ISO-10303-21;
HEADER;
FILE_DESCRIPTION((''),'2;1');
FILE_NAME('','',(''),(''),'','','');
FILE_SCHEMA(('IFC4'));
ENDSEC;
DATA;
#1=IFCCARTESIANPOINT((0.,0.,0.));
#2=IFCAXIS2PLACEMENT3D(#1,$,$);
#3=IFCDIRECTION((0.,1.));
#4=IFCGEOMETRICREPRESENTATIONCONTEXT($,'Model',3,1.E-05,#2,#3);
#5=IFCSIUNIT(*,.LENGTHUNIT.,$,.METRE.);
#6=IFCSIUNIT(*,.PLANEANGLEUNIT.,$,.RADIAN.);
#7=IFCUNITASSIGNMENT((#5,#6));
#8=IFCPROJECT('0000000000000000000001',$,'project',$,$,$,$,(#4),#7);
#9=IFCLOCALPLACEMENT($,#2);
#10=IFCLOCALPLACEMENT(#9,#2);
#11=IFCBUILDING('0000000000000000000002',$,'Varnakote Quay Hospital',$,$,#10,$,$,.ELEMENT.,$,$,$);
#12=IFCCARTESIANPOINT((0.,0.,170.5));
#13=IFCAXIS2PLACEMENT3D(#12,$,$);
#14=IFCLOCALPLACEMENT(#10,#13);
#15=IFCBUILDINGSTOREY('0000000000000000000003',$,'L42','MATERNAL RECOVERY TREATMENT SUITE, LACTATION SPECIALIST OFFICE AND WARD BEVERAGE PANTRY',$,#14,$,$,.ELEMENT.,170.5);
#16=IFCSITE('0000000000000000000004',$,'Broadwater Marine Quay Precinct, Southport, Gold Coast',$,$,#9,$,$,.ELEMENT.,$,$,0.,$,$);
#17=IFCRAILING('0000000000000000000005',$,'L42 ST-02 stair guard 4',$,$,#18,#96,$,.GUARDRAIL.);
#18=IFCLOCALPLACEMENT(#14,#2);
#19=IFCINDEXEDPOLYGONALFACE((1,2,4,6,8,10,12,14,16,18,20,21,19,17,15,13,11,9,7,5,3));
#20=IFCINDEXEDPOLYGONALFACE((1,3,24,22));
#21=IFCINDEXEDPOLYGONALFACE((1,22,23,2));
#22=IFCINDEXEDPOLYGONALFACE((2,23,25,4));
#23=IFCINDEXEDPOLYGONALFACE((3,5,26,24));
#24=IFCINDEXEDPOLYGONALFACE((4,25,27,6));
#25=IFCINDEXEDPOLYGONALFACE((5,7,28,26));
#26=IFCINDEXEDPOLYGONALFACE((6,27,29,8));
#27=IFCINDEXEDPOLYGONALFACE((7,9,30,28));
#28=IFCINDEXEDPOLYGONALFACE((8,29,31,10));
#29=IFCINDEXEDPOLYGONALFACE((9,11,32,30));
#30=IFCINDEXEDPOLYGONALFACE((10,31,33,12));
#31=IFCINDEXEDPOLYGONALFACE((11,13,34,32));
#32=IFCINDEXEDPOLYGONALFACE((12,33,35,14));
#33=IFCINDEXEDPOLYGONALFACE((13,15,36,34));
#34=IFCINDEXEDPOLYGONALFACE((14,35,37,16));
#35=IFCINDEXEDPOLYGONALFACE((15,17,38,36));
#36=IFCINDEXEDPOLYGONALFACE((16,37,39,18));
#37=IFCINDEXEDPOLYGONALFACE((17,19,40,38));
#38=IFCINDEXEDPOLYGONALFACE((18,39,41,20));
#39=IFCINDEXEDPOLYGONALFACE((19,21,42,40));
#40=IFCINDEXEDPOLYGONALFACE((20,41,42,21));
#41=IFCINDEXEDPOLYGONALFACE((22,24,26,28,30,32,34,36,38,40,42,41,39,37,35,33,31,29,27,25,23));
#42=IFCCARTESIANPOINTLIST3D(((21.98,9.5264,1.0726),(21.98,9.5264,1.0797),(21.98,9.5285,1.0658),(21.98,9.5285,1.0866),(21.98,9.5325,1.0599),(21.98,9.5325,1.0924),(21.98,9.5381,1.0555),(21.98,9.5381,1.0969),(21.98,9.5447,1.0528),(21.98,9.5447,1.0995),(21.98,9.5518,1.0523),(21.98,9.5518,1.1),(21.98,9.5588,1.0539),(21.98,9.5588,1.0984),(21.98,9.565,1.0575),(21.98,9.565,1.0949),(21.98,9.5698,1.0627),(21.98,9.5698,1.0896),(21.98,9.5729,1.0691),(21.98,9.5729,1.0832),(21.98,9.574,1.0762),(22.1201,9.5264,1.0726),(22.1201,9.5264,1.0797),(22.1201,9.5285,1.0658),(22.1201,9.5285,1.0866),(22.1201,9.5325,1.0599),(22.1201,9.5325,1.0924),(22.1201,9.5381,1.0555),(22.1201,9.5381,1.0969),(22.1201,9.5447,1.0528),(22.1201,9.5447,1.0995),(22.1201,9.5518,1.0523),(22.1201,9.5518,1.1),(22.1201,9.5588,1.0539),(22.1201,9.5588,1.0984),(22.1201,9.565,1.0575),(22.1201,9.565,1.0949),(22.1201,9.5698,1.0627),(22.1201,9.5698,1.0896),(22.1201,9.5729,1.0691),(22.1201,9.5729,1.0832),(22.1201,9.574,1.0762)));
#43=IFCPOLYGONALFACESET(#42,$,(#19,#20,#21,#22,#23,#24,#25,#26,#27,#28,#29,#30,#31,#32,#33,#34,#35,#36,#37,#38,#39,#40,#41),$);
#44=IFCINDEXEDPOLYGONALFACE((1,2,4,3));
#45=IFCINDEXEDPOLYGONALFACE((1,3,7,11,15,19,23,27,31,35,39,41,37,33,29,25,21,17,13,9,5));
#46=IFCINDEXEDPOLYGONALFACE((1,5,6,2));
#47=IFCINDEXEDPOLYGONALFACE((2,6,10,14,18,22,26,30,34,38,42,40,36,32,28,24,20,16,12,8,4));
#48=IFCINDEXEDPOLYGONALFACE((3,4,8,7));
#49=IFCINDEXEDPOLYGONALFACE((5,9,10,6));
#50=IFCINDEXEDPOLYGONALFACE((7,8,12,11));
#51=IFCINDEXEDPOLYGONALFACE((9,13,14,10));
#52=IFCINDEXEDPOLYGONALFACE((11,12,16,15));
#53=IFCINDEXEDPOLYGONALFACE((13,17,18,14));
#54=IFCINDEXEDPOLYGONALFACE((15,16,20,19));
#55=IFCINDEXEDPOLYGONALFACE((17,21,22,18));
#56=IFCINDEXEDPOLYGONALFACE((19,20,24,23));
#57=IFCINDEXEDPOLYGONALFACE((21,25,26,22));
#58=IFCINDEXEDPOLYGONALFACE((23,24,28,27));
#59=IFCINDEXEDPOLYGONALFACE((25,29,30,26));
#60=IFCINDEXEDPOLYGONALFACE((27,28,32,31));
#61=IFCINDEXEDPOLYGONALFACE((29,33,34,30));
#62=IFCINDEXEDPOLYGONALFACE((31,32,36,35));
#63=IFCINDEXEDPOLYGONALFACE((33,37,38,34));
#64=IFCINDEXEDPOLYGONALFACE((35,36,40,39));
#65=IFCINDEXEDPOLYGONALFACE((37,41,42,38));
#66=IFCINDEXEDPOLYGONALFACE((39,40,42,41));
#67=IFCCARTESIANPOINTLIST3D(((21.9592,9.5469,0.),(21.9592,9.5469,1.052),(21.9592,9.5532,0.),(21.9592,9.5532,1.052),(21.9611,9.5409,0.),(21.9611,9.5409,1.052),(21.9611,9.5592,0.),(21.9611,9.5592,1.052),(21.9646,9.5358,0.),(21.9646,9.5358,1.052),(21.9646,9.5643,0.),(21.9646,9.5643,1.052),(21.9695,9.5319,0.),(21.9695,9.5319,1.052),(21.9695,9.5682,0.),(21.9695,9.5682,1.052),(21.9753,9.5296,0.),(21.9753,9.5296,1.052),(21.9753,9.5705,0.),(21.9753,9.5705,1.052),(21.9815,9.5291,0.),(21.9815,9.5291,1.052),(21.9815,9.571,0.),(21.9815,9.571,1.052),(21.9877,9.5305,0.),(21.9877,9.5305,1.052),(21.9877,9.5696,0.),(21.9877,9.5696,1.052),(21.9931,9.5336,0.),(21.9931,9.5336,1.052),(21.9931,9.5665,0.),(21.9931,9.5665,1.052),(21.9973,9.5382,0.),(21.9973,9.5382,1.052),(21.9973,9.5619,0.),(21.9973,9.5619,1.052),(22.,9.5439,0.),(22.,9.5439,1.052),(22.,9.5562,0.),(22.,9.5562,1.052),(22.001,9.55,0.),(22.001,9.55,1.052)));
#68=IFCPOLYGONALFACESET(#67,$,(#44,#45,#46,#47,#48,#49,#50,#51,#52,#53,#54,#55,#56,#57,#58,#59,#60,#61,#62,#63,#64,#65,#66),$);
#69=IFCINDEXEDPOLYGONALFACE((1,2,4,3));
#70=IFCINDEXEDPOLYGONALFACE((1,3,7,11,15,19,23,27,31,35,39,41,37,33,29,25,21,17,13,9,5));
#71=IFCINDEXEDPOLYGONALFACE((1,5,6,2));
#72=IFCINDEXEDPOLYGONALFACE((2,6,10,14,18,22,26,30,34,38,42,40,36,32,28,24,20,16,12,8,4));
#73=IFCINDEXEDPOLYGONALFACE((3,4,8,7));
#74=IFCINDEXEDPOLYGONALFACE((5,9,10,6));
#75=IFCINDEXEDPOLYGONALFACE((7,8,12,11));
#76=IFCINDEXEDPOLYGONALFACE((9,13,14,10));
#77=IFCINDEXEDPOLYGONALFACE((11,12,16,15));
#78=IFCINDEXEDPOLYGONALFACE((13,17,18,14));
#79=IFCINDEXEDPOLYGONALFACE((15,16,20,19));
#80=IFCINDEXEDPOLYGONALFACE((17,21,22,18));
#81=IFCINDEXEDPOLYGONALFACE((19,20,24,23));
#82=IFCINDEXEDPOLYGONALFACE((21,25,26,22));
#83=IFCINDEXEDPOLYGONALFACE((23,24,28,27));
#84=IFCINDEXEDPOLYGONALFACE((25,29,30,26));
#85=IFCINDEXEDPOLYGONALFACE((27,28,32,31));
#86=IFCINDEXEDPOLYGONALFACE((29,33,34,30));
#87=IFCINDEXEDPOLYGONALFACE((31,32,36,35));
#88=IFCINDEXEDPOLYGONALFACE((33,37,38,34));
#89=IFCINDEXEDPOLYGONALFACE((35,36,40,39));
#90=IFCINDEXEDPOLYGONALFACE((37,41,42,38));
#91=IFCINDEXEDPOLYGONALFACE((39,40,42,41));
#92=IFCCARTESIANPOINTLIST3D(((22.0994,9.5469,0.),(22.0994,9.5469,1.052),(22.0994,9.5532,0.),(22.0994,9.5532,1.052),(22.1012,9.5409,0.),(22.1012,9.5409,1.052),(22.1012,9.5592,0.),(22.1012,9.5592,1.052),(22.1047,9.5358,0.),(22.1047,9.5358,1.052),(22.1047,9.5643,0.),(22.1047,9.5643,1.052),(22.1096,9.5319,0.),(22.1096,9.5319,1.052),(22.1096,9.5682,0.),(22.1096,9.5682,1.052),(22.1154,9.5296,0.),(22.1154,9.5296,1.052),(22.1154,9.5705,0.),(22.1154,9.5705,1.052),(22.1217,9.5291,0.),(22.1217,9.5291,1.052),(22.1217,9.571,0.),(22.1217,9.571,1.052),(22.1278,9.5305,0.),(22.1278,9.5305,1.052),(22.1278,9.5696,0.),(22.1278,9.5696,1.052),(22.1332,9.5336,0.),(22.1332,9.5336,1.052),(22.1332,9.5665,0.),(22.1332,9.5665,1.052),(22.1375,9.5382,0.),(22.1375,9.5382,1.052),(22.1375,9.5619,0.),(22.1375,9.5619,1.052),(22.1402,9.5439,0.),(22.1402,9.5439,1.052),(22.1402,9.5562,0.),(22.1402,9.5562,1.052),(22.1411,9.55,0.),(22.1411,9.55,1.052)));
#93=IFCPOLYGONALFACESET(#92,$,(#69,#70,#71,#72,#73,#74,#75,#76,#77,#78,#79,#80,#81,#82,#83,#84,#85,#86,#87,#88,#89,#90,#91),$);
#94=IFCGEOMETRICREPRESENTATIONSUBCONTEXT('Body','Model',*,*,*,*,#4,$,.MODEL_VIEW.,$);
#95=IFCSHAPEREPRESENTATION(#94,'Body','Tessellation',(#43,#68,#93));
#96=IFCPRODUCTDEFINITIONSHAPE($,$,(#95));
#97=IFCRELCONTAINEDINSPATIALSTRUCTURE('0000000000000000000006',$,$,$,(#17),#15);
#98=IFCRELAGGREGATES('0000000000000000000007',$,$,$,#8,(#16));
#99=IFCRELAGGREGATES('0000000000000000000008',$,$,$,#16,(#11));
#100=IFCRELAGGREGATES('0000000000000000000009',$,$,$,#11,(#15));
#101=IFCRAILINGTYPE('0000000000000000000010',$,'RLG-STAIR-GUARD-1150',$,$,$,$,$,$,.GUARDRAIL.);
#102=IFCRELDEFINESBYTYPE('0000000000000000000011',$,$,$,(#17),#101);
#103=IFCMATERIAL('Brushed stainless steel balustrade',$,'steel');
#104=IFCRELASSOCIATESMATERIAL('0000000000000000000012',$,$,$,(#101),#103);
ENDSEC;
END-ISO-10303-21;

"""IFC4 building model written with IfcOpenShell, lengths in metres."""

from ifc_helpers import new_model, si_unit, direction, frame, origin, origin_2d, place, context, subcontext, project, spatial, circle, extrude, material, type_object, element, save


model = new_model("IFC4")

# Units and contexts
model_context = context("Model", 3, precision=1e-05, world=origin(), true_north=direction((0.0, 1.0)))
body_context = subcontext(model_context, "Body", "Model", "MODEL_VIEW")
ifc_project = project(units=[si_unit("LENGTHUNIT", "METRE"), si_unit("PLANEANGLEUNIT", "RADIAN")], contexts=[model_context])

# Site, building, storey
site_placement = place(None, origin())
site = spatial("IfcSite", under=ifc_project, at=site_placement, Name="Broadwater Marine Quay Precinct, Southport, Gold Coast", CompositionType="ELEMENT", RefElevation=0.0)
building_placement = place(site_placement, origin())
building = spatial("IfcBuilding", under=site, at=building_placement, Name="Varnakote Quay Hospital", CompositionType="ELEMENT")
storey_placement = place(building_placement, frame((0.0, 0.0, 170.5)))
storey = spatial("IfcBuildingStorey", under=building, at=storey_placement, Name="L42", Description="MATERNAL RECOVERY TREATMENT SUITE, LACTATION SPECIALIST OFFICE AND WARD BEVERAGE PANTRY", CompositionType="ELEMENT", Elevation=170.5)

# Railing
ifc_material_1 = material(Name="Brushed stainless steel balustrade", Category="steel")
railing_type_1 = type_object("IfcRailingType", Name="RLG-STAIR-GUARD-1150", PredefinedType="GUARDRAIL", material=ifc_material_1)
railing_1_placement = place(storey_placement, frame((21.98, 9.55, 0.0)))
element("IfcRailing", 1, at=railing_1_placement, inside=storey, type_object=railing_type_1, Name="L42 ST-02 stair guard 4", PredefinedType="GUARDRAIL", context=body_context, shape_type="SweptSolid", body=[
    extrude(circle(Radius=0.0239, at=origin_2d()), frame((0.0, 0.0, 1.0762), z_axis=(1.0, 0.0, 0.0), x_axis=(0.0, 1.0, 0.0)), (0.0, 0.0, 1.0), 0.1401),
    extrude(circle(Radius=0.021, at=origin_2d()), origin(), (0.0, 0.0, 1.0), 1.052),
    extrude(circle(Radius=0.021, at=origin_2d()), frame((0.1401, 0.0, 0.0)), (0.0, 0.0, 1.0), 1.052),
])

save(model, "model.ifc")
